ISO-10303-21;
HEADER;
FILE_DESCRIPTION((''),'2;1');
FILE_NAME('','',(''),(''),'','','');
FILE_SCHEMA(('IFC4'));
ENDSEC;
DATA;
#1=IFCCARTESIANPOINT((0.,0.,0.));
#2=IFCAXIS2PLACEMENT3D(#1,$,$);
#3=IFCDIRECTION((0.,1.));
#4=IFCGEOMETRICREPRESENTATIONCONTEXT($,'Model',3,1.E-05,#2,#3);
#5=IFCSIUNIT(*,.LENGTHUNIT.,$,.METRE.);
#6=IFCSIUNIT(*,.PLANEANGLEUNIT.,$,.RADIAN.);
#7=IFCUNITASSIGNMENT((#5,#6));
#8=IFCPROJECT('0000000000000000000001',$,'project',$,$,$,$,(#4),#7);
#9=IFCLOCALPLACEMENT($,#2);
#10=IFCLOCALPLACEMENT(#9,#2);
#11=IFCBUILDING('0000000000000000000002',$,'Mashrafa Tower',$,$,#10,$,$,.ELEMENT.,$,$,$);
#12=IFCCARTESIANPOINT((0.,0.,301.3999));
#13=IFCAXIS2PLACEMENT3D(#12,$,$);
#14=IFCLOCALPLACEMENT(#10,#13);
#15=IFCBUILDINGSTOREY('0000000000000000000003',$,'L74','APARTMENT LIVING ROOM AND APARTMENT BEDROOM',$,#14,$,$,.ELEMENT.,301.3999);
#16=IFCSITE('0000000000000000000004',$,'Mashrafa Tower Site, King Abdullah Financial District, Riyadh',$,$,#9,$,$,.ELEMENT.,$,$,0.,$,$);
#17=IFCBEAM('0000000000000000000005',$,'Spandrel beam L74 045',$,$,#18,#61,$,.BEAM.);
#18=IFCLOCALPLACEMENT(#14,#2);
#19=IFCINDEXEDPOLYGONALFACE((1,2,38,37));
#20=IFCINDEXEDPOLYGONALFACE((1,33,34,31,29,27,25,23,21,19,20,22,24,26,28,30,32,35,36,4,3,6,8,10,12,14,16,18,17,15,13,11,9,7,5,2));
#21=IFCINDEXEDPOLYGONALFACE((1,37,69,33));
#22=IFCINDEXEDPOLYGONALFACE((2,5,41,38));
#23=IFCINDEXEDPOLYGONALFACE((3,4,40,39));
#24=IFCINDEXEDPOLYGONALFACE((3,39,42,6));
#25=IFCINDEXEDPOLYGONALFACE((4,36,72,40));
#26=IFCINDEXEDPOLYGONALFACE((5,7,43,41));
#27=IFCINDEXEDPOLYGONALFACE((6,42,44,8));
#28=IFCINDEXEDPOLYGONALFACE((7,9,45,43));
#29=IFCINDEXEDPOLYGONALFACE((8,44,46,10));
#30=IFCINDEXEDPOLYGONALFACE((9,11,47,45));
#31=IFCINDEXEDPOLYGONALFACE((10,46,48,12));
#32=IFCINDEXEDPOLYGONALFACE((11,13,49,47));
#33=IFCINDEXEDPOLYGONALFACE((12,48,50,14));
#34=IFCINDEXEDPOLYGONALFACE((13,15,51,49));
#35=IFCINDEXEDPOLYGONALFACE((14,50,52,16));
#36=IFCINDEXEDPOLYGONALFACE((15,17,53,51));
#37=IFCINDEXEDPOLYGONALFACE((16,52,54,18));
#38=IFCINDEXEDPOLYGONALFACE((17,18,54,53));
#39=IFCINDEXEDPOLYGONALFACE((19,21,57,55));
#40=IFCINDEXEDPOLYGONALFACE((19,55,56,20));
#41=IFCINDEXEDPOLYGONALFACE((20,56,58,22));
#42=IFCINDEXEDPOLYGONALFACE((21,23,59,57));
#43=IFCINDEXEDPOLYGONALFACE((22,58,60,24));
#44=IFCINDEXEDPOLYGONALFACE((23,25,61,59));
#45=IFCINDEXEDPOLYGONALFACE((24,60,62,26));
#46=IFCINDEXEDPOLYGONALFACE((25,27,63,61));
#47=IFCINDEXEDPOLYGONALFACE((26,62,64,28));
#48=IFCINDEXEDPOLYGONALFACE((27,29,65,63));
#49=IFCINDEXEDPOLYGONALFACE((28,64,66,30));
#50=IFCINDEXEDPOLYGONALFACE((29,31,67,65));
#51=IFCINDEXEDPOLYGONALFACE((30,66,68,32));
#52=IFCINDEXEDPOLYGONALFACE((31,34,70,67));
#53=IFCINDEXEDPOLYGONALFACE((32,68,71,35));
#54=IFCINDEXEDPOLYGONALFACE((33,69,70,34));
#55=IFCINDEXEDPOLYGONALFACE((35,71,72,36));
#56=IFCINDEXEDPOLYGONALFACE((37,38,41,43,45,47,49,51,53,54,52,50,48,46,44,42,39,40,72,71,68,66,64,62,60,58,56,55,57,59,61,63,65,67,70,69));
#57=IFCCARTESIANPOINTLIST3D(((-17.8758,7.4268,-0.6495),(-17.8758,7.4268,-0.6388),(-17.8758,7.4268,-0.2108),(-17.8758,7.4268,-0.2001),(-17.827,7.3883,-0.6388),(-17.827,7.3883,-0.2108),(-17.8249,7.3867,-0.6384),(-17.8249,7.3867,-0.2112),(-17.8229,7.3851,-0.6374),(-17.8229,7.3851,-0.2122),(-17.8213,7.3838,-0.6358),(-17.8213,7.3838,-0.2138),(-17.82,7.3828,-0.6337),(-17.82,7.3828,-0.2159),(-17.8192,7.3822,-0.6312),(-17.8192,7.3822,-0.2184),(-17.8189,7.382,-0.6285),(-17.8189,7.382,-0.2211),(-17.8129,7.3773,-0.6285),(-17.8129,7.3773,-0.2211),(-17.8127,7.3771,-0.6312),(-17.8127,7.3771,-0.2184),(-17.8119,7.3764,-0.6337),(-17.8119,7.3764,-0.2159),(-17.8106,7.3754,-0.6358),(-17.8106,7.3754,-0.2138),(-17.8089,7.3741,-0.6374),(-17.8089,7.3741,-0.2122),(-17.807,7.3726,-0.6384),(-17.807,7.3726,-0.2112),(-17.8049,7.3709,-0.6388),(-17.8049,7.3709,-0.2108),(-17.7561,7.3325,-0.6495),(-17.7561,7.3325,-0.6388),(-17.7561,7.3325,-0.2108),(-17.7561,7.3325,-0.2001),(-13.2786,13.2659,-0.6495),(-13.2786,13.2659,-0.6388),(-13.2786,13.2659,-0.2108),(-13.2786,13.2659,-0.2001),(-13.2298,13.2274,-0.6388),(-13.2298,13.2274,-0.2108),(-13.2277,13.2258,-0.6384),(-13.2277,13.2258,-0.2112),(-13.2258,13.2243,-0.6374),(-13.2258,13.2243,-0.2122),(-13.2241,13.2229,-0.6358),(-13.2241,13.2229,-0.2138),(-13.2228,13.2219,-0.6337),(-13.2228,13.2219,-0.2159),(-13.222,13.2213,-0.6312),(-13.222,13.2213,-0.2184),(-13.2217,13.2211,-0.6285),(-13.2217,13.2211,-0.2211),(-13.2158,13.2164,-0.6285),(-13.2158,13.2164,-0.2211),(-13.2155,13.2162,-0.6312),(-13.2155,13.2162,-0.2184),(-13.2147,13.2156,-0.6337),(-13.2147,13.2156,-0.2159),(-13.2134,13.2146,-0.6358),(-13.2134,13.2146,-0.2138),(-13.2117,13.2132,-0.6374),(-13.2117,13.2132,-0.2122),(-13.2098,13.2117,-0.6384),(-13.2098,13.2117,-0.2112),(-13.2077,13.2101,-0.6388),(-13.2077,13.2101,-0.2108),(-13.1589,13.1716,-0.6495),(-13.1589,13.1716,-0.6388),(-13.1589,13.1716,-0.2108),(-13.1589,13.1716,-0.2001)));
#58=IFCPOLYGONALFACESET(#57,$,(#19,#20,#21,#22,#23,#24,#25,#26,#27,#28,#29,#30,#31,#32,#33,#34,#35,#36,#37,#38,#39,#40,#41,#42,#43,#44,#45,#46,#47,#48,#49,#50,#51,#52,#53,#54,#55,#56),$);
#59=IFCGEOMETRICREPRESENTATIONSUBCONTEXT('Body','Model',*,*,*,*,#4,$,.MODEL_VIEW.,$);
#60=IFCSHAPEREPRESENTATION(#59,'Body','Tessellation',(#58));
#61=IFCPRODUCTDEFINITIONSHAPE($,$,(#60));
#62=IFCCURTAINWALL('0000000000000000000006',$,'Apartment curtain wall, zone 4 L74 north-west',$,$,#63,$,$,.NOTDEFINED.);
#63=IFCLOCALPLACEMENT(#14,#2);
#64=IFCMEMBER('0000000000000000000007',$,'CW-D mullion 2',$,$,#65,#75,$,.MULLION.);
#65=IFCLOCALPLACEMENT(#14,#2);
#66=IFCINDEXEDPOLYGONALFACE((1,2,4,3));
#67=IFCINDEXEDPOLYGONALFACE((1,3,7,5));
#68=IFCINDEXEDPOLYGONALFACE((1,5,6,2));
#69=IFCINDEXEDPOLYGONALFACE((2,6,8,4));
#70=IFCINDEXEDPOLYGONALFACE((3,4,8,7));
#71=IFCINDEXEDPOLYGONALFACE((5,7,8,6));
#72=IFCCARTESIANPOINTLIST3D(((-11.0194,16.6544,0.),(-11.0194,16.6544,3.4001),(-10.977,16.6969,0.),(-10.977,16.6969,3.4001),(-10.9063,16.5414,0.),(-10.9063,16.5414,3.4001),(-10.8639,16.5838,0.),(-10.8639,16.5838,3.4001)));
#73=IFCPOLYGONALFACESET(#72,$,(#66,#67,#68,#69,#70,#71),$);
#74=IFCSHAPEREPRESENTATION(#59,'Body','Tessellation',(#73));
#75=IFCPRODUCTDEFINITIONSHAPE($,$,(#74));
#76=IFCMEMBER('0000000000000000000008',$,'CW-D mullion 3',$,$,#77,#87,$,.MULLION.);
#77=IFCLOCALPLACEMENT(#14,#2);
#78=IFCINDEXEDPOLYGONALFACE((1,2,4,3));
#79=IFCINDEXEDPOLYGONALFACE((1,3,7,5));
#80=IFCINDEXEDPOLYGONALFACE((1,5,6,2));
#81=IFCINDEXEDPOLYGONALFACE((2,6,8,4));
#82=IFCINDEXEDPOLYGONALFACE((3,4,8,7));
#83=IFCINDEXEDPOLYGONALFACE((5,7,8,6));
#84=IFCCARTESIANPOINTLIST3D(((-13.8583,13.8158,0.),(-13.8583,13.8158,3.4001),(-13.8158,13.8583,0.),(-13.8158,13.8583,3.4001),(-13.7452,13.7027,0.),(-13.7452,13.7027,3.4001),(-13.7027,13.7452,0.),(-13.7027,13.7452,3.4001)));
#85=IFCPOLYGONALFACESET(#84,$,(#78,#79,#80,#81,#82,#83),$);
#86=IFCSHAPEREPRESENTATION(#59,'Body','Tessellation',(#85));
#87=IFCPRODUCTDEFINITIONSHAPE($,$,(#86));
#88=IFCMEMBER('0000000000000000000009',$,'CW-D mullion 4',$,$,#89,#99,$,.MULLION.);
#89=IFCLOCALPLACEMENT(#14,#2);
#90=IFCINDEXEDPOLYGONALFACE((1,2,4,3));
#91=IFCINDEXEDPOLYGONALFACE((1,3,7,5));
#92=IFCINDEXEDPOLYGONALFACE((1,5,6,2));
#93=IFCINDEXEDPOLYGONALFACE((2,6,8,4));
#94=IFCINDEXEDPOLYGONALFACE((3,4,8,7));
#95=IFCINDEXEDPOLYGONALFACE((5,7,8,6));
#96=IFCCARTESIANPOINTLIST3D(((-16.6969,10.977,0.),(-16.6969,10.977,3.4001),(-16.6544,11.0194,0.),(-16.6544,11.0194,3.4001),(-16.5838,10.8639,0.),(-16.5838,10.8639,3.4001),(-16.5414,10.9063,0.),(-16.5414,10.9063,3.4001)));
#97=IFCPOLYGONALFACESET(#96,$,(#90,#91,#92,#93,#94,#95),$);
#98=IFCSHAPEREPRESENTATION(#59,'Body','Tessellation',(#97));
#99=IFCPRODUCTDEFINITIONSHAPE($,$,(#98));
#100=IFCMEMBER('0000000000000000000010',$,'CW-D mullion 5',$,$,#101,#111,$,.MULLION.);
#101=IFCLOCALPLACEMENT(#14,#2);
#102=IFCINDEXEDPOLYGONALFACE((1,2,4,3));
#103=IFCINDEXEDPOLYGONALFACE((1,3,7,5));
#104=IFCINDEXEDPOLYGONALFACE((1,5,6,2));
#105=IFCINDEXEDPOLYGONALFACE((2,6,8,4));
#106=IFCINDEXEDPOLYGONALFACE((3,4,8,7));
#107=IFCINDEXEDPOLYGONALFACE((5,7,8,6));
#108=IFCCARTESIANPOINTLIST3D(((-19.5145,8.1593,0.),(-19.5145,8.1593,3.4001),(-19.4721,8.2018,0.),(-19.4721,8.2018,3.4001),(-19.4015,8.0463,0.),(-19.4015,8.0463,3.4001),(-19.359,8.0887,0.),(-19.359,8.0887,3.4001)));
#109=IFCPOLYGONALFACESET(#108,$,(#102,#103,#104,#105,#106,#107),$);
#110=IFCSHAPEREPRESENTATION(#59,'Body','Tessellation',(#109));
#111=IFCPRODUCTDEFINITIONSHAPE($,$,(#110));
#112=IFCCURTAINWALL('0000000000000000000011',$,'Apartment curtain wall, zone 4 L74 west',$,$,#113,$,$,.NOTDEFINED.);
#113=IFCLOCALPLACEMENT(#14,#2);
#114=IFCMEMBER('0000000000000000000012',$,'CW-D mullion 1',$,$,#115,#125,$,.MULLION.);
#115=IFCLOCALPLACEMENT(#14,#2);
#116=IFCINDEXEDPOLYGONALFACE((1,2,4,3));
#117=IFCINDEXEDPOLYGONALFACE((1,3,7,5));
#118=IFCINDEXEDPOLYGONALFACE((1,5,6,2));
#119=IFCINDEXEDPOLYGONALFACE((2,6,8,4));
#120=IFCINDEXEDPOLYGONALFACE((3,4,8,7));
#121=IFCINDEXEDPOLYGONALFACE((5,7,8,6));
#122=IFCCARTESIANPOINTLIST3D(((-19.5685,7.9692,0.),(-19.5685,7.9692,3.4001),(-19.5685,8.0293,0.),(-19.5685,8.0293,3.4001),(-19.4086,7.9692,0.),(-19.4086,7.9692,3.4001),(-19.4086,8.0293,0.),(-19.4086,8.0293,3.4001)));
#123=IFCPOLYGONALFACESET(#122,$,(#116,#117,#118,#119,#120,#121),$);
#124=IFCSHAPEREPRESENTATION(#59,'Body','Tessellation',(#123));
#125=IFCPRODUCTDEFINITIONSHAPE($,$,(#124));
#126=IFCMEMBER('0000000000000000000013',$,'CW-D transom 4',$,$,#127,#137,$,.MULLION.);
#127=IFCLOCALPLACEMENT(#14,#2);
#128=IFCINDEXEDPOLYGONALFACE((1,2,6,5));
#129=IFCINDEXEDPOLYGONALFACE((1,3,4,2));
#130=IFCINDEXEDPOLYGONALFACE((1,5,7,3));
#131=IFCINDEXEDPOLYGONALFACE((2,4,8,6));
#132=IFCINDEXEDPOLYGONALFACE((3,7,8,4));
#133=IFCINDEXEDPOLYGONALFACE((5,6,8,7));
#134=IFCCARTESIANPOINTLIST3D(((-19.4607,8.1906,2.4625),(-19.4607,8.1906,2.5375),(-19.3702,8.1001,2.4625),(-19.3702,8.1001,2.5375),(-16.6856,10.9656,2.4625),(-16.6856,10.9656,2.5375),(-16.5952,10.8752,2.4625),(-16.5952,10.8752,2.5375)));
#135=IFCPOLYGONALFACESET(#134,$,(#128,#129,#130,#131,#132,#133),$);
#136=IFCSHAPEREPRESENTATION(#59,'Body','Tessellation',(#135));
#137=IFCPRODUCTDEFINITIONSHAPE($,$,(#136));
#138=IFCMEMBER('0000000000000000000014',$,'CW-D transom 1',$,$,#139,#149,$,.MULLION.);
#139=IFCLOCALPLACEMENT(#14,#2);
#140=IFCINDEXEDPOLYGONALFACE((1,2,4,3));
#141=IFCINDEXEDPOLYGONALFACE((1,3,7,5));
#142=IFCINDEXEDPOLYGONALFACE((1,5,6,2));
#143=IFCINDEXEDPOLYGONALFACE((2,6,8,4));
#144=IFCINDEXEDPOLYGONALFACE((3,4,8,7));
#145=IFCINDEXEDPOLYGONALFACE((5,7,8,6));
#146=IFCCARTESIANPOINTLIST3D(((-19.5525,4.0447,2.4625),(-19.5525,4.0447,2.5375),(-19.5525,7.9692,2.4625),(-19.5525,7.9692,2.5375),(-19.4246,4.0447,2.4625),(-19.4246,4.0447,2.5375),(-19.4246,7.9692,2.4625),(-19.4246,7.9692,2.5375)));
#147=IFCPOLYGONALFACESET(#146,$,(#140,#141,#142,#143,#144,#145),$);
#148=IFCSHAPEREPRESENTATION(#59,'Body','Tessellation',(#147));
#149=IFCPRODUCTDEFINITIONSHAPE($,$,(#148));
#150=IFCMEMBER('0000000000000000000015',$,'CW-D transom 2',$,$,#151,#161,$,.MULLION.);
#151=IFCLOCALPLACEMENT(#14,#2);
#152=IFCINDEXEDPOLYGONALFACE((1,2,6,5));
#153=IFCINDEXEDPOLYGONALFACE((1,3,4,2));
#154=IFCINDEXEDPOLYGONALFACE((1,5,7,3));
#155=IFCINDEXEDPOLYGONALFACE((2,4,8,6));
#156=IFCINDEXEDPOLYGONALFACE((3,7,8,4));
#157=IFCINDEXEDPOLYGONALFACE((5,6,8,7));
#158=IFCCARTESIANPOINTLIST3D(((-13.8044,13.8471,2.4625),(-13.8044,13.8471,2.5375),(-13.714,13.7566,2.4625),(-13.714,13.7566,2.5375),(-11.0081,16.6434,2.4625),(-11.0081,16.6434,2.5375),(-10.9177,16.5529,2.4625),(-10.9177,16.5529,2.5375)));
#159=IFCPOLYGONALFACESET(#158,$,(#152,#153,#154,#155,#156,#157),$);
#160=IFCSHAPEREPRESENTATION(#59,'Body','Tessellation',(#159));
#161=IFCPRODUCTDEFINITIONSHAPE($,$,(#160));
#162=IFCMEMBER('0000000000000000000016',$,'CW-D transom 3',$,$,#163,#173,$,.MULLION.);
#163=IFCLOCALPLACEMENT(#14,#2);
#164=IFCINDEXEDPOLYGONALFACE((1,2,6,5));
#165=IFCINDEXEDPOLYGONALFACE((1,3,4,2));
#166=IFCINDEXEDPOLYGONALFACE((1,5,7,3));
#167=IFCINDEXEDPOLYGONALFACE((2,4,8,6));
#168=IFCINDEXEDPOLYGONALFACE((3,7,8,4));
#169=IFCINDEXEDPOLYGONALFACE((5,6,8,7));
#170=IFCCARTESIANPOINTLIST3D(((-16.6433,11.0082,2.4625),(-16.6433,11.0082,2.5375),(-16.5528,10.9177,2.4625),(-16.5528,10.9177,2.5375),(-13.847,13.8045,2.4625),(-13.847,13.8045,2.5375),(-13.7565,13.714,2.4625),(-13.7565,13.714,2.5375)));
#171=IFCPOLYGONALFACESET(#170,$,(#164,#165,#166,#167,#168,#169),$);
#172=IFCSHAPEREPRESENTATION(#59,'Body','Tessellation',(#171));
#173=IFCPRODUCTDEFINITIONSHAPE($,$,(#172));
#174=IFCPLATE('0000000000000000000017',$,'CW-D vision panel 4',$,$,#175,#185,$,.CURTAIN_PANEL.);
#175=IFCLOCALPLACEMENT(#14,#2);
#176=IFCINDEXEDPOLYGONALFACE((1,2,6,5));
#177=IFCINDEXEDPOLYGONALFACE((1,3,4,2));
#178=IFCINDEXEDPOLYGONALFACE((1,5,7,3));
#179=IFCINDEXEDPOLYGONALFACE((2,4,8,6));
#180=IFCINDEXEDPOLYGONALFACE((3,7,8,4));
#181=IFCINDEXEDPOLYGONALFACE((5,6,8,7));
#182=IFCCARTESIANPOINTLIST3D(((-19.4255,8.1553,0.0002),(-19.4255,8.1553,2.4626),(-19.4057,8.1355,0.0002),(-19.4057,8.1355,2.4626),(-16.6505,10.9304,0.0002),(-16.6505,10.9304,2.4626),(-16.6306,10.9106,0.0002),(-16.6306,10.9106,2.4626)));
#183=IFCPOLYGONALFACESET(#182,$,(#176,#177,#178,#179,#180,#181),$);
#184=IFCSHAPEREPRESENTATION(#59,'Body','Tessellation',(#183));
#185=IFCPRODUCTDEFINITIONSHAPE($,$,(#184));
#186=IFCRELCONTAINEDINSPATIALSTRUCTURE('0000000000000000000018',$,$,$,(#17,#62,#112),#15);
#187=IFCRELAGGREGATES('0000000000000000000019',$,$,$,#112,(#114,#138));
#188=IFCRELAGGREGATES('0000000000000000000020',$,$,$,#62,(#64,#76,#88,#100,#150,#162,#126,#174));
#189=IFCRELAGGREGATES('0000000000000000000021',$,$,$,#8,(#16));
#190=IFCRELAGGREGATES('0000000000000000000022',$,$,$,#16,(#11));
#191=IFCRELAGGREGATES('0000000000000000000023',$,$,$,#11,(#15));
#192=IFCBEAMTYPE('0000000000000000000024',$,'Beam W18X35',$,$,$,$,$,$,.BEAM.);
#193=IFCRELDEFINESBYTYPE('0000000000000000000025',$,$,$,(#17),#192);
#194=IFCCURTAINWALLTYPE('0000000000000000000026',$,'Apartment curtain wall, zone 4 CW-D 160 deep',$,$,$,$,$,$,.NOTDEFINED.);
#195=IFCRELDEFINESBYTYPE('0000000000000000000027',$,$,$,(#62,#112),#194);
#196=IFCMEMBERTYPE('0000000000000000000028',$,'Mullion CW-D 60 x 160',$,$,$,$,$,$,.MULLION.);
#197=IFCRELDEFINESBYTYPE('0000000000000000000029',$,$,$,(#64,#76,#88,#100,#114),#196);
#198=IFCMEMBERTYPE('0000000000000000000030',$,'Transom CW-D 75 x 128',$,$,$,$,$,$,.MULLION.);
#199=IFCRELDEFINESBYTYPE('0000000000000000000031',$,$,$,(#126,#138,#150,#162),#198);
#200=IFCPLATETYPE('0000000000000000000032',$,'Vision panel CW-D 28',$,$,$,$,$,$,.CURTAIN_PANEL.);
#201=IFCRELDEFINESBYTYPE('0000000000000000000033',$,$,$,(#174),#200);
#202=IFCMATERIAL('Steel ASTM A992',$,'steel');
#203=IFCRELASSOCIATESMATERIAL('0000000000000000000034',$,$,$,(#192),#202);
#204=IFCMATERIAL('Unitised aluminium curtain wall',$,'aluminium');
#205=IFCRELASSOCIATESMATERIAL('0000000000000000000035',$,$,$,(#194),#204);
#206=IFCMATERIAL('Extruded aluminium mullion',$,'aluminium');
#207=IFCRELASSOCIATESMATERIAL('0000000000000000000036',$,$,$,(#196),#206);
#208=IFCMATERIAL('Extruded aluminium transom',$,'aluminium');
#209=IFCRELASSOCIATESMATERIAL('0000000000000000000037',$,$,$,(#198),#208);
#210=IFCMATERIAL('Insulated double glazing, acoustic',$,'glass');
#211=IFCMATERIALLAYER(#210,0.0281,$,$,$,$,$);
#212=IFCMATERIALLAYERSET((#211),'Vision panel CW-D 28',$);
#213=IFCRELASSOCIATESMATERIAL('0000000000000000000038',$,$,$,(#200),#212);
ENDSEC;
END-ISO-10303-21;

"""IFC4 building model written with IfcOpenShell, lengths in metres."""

from ifc_helpers import new_model, si_unit, direction, frame, origin, origin_2d, place, context, subcontext, project, spatial, rectangle, i_section, extrude, source, transform, mapped, material, layer, layer_set, material_profile, profile_set, type_object, type_shapes, element, aggregate, save


model = new_model("IFC4")

# Units and contexts
model_context = context("Model", 3, precision=1e-05, world=origin(), true_north=direction((0.0, 1.0)))
body_context = subcontext(model_context, "Body", "Model", "MODEL_VIEW")
ifc_project = project(units=[si_unit("LENGTHUNIT", "METRE"), si_unit("PLANEANGLEUNIT", "RADIAN")], contexts=[model_context])

# Site, building, storey
site_placement = place(None, origin())
site = spatial("IfcSite", under=ifc_project, at=site_placement, Name="Mashrafa Tower Site, King Abdullah Financial District, Riyadh", CompositionType="ELEMENT", RefElevation=0.0)
building_placement = place(site_placement, origin())
building = spatial("IfcBuilding", under=site, at=building_placement, Name="Mashrafa Tower", CompositionType="ELEMENT")
storey_placement = place(building_placement, frame((0.0, 0.0, 301.3999)))
storey = spatial("IfcBuildingStorey", under=building, at=storey_placement, Name="L74", Description="APARTMENT LIVING ROOM AND APARTMENT BEDROOM", CompositionType="ELEMENT", Elevation=301.3999)

# Beam
ifc_material_1 = material(Name="Steel ASTM A992", Category="steel")
ifc_material_profile_1 = material_profile(ifc_material_1, i_section(OverallWidth=0.1523, OverallDepth=0.4495, WebThickness=0.0076, FlangeThickness=0.0107, FilletRadius=0.0103, at=origin_2d()), Name="W18X35")
ifc_profile_set_1 = profile_set([ifc_material_profile_1], Name="Steel ASTM A992")
beam_type_1 = type_object("IfcBeamType", Name="Beam W18X35", PredefinedType="BEAM", material=ifc_profile_set_1)
for number, where, z_axis, x_axis, name in (
    (1, (-13.2188, 13.2188, -0.4248), (-0.618595, -0.78571, 0.0), (0.78571, -0.618595, 0.0), "Spandrel beam L74 045"),
):
    element("IfcBeam", number, at=place(storey_placement, frame(where, z_axis=z_axis, x_axis=x_axis)), inside=storey, type_object=beam_type_1, Name=name, PredefinedType="BEAM", context=body_context, shape_type="SweptSolid", body=[
        extrude(i_section(OverallWidth=0.1523, OverallDepth=0.4495, WebThickness=0.0076, FlangeThickness=0.0107, FilletRadius=0.0103, at=origin_2d()), origin(), (0.0, 0.0, 1.0), 7.4316),
    ])

# Curtain wall, members
ifc_material_2 = material(Name="Unitised aluminium curtain wall", Category="aluminium")
curtain_wall_type = type_object("IfcCurtainWallType", Name="Apartment curtain wall, zone 4 CW-D 160 deep", PredefinedType="NOTDEFINED", material=ifc_material_2)
curtain_wall_1_placement = place(storey_placement, origin())
curtain_wall_1 = element("IfcCurtainWall", 2, at=curtain_wall_1_placement, inside=storey, type_object=curtain_wall_type, Name="Apartment curtain wall, zone 4 L74 north-west", PredefinedType="NOTDEFINED")
ifc_material_3 = material(Name="Extruded aluminium mullion", Category="aluminium")
ifc_material_profile_2 = material_profile(ifc_material_3, rectangle(XDim=0.1599, YDim=0.0601, at=origin_2d()), Name="Mullion 60x160")
ifc_profile_set_2 = profile_set([ifc_material_profile_2], Name="Extruded aluminium mullion")
member_type_1 = type_object("IfcMemberType", Name="Mullion CW-D 60 x 160", PredefinedType="MULLION", material=ifc_profile_set_2)
shared_shape_1 = source(origin(), body_context, "Body", "SweptSolid", [
    extrude(rectangle(XDim=0.1599, YDim=0.0601, at=origin_2d()), origin(), (0.0, 0.0, 1.0), 3.4001),
])
type_shapes(member_type_1, [shared_shape_1])
member_1_placement = place(storey_placement, frame((-10.9417, 16.6191, 0.0), z_axis=(0.0, 0.0, 1.0), x_axis=(0.707107, -0.707107, 0.0)))
member_1 = element("IfcMember", 3, at=member_1_placement, type_object=member_type_1, Name="CW-D mullion 2", PredefinedType="MULLION", context=body_context, shape_type="MappedRepresentation", body=[
    mapped(shared_shape_1, transform((0.0, 0.0, 0.0))),
])
member_2_placement = place(storey_placement, frame((-13.7805, 13.7805, 0.0), z_axis=(0.0, 0.0, 1.0), x_axis=(0.707107, -0.707107, 0.0)))
member_2 = element("IfcMember", 4, at=member_2_placement, type_object=member_type_1, Name="CW-D mullion 3", PredefinedType="MULLION", context=body_context, shape_type="MappedRepresentation", body=[
    mapped(shared_shape_1, transform((0.0, 0.0, 0.0))),
])
member_3_placement = place(storey_placement, frame((-16.6191, 10.9417, 0.0), z_axis=(0.0, 0.0, 1.0), x_axis=(0.707107, -0.707107, 0.0)))
member_3 = element("IfcMember", 5, at=member_3_placement, type_object=member_type_1, Name="CW-D mullion 4", PredefinedType="MULLION", context=body_context, shape_type="MappedRepresentation", body=[
    mapped(shared_shape_1, transform((0.0, 0.0, 0.0))),
])
member_4_placement = place(storey_placement, frame((-19.4368, 8.124, 0.0), z_axis=(0.0, 0.0, 1.0), x_axis=(0.707107, -0.707107, 0.0)))
member_4 = element("IfcMember", 6, at=member_4_placement, type_object=member_type_1, Name="CW-D mullion 5", PredefinedType="MULLION", context=body_context, shape_type="MappedRepresentation", body=[
    mapped(shared_shape_1, transform((0.0, 0.0, 0.0))),
])

# Curtain wall, member
curtain_wall_2_placement = place(storey_placement, origin())
curtain_wall_2 = element("IfcCurtainWall", 7, at=curtain_wall_2_placement, inside=storey, type_object=curtain_wall_type, Name="Apartment curtain wall, zone 4 L74 west", PredefinedType="NOTDEFINED")
member_5_placement = place(storey_placement, frame((-19.4885, 7.9993, 0.0), z_axis=(0.0, 0.0, 1.0), x_axis=(1.0, 0.0, 0.0)))
member_5 = element("IfcMember", 8, at=member_5_placement, type_object=member_type_1, Name="CW-D mullion 1", PredefinedType="MULLION", context=body_context, shape_type="MappedRepresentation", body=[
    mapped(shared_shape_1, transform((0.0, 0.0, 0.0))),
])

# Members
ifc_material_4 = material(Name="Extruded aluminium transom", Category="aluminium")
ifc_material_profile_3 = material_profile(ifc_material_4, rectangle(XDim=0.1279, YDim=0.075, at=origin_2d()), Name="Transom 75x128")
ifc_profile_set_3 = profile_set([ifc_material_profile_3], Name="Extruded aluminium transom")
member_type_2 = type_object("IfcMemberType", Name="Transom CW-D 75 x 128", PredefinedType="MULLION", material=ifc_profile_set_3)
shared_shape_2 = source(origin(), body_context, "Body", "SweptSolid", [
    extrude(rectangle(XDim=0.1279, YDim=0.075, at=origin_2d()), origin(), (0.0, 0.0, 1.0), 3.9246),
])
member_6_placement = place(storey_placement, frame((-16.6404, 10.9204, 2.5), z_axis=(-0.707107, -0.707107, 0.0), x_axis=(0.707107, -0.707107, 0.0)))
member_6 = element("IfcMember", 9, at=member_6_placement, type_object=member_type_2, Name="CW-D transom 4", PredefinedType="MULLION", context=body_context, shape_type="MappedRepresentation", body=[
    mapped(shared_shape_2, transform((0.0, 0.0, 0.0))),
])
member_7_placement = place(storey_placement, frame((-19.4885, 7.9692, 2.5), z_axis=(0.0, -1.0, 0.0), x_axis=(1.0, 0.0, 0.0)))
member_7 = element("IfcMember", 10, at=member_7_placement, type_object=member_type_2, Name="CW-D transom 1", PredefinedType="MULLION", context=body_context, shape_type="MappedRepresentation", body=[
    mapped(shared_shape_2, transform((0.0, 0.0, 0.0))),
])
aggregate(curtain_wall_2, [member_5, member_7])
shared_shape_3 = source(origin(), body_context, "Body", "SweptSolid", [
    extrude(rectangle(XDim=0.1279, YDim=0.075, at=origin_2d()), origin(), (0.0, 0.0, 1.0), 3.9546),
])
type_shapes(member_type_2, [shared_shape_2, shared_shape_3])
member_8_placement = place(storey_placement, frame((-10.9629, 16.5981, 2.5), z_axis=(-0.707107, -0.707107, 0.0), x_axis=(0.707107, -0.707107, 0.0)))
member_8 = element("IfcMember", 11, at=member_8_placement, type_object=member_type_2, Name="CW-D transom 2", PredefinedType="MULLION", context=body_context, shape_type="MappedRepresentation", body=[
    mapped(shared_shape_3, transform((0.0, 0.0, 0.0))),
])
member_9_placement = place(storey_placement, frame((-13.8018, 13.7593, 2.5), z_axis=(-0.707107, -0.707107, 0.0), x_axis=(0.707107, -0.707107, 0.0)))
member_9 = element("IfcMember", 12, at=member_9_placement, type_object=member_type_2, Name="CW-D transom 3", PredefinedType="MULLION", context=body_context, shape_type="MappedRepresentation", body=[
    mapped(shared_shape_3, transform((0.0, 0.0, 0.0))),
])

# Plate
ifc_material_5 = material(Name="Insulated double glazing, acoustic", Category="glass")
ifc_layer_1 = layer(ifc_material_5, 0.0281)
ifc_layer_set_1 = layer_set([ifc_layer_1], Name="Vision panel CW-D 28")
plate_type_1 = type_object("IfcPlateType", Name="Vision panel CW-D 28", PredefinedType="CURTAIN_PANEL", material=ifc_layer_set_1)
shared_shape_4 = source(origin(), body_context, "Body", "SweptSolid", [
    extrude(rectangle(XDim=3.9246, YDim=0.0281, at=origin_2d()), origin(), (0.0, 0.0, 1.0), 2.4624),
])
plate_1_placement = place(storey_placement, frame((-18.0281, 9.533, 0.0002), z_axis=(0.0, 0.0, 1.0), x_axis=(-0.707107, -0.707107, 0.0)))
plate_1 = element("IfcPlate", 13, at=plate_1_placement, type_object=plate_type_1, Name="CW-D vision panel 4", PredefinedType="CURTAIN_PANEL", context=body_context, shape_type="MappedRepresentation", body=[
    mapped(shared_shape_4, transform((0.0, 0.0, 0.0))),
])
aggregate(curtain_wall_1, [member_1, member_2, member_3, member_4, member_8, member_9, member_6, plate_1])

save(model, "model.ifc")
